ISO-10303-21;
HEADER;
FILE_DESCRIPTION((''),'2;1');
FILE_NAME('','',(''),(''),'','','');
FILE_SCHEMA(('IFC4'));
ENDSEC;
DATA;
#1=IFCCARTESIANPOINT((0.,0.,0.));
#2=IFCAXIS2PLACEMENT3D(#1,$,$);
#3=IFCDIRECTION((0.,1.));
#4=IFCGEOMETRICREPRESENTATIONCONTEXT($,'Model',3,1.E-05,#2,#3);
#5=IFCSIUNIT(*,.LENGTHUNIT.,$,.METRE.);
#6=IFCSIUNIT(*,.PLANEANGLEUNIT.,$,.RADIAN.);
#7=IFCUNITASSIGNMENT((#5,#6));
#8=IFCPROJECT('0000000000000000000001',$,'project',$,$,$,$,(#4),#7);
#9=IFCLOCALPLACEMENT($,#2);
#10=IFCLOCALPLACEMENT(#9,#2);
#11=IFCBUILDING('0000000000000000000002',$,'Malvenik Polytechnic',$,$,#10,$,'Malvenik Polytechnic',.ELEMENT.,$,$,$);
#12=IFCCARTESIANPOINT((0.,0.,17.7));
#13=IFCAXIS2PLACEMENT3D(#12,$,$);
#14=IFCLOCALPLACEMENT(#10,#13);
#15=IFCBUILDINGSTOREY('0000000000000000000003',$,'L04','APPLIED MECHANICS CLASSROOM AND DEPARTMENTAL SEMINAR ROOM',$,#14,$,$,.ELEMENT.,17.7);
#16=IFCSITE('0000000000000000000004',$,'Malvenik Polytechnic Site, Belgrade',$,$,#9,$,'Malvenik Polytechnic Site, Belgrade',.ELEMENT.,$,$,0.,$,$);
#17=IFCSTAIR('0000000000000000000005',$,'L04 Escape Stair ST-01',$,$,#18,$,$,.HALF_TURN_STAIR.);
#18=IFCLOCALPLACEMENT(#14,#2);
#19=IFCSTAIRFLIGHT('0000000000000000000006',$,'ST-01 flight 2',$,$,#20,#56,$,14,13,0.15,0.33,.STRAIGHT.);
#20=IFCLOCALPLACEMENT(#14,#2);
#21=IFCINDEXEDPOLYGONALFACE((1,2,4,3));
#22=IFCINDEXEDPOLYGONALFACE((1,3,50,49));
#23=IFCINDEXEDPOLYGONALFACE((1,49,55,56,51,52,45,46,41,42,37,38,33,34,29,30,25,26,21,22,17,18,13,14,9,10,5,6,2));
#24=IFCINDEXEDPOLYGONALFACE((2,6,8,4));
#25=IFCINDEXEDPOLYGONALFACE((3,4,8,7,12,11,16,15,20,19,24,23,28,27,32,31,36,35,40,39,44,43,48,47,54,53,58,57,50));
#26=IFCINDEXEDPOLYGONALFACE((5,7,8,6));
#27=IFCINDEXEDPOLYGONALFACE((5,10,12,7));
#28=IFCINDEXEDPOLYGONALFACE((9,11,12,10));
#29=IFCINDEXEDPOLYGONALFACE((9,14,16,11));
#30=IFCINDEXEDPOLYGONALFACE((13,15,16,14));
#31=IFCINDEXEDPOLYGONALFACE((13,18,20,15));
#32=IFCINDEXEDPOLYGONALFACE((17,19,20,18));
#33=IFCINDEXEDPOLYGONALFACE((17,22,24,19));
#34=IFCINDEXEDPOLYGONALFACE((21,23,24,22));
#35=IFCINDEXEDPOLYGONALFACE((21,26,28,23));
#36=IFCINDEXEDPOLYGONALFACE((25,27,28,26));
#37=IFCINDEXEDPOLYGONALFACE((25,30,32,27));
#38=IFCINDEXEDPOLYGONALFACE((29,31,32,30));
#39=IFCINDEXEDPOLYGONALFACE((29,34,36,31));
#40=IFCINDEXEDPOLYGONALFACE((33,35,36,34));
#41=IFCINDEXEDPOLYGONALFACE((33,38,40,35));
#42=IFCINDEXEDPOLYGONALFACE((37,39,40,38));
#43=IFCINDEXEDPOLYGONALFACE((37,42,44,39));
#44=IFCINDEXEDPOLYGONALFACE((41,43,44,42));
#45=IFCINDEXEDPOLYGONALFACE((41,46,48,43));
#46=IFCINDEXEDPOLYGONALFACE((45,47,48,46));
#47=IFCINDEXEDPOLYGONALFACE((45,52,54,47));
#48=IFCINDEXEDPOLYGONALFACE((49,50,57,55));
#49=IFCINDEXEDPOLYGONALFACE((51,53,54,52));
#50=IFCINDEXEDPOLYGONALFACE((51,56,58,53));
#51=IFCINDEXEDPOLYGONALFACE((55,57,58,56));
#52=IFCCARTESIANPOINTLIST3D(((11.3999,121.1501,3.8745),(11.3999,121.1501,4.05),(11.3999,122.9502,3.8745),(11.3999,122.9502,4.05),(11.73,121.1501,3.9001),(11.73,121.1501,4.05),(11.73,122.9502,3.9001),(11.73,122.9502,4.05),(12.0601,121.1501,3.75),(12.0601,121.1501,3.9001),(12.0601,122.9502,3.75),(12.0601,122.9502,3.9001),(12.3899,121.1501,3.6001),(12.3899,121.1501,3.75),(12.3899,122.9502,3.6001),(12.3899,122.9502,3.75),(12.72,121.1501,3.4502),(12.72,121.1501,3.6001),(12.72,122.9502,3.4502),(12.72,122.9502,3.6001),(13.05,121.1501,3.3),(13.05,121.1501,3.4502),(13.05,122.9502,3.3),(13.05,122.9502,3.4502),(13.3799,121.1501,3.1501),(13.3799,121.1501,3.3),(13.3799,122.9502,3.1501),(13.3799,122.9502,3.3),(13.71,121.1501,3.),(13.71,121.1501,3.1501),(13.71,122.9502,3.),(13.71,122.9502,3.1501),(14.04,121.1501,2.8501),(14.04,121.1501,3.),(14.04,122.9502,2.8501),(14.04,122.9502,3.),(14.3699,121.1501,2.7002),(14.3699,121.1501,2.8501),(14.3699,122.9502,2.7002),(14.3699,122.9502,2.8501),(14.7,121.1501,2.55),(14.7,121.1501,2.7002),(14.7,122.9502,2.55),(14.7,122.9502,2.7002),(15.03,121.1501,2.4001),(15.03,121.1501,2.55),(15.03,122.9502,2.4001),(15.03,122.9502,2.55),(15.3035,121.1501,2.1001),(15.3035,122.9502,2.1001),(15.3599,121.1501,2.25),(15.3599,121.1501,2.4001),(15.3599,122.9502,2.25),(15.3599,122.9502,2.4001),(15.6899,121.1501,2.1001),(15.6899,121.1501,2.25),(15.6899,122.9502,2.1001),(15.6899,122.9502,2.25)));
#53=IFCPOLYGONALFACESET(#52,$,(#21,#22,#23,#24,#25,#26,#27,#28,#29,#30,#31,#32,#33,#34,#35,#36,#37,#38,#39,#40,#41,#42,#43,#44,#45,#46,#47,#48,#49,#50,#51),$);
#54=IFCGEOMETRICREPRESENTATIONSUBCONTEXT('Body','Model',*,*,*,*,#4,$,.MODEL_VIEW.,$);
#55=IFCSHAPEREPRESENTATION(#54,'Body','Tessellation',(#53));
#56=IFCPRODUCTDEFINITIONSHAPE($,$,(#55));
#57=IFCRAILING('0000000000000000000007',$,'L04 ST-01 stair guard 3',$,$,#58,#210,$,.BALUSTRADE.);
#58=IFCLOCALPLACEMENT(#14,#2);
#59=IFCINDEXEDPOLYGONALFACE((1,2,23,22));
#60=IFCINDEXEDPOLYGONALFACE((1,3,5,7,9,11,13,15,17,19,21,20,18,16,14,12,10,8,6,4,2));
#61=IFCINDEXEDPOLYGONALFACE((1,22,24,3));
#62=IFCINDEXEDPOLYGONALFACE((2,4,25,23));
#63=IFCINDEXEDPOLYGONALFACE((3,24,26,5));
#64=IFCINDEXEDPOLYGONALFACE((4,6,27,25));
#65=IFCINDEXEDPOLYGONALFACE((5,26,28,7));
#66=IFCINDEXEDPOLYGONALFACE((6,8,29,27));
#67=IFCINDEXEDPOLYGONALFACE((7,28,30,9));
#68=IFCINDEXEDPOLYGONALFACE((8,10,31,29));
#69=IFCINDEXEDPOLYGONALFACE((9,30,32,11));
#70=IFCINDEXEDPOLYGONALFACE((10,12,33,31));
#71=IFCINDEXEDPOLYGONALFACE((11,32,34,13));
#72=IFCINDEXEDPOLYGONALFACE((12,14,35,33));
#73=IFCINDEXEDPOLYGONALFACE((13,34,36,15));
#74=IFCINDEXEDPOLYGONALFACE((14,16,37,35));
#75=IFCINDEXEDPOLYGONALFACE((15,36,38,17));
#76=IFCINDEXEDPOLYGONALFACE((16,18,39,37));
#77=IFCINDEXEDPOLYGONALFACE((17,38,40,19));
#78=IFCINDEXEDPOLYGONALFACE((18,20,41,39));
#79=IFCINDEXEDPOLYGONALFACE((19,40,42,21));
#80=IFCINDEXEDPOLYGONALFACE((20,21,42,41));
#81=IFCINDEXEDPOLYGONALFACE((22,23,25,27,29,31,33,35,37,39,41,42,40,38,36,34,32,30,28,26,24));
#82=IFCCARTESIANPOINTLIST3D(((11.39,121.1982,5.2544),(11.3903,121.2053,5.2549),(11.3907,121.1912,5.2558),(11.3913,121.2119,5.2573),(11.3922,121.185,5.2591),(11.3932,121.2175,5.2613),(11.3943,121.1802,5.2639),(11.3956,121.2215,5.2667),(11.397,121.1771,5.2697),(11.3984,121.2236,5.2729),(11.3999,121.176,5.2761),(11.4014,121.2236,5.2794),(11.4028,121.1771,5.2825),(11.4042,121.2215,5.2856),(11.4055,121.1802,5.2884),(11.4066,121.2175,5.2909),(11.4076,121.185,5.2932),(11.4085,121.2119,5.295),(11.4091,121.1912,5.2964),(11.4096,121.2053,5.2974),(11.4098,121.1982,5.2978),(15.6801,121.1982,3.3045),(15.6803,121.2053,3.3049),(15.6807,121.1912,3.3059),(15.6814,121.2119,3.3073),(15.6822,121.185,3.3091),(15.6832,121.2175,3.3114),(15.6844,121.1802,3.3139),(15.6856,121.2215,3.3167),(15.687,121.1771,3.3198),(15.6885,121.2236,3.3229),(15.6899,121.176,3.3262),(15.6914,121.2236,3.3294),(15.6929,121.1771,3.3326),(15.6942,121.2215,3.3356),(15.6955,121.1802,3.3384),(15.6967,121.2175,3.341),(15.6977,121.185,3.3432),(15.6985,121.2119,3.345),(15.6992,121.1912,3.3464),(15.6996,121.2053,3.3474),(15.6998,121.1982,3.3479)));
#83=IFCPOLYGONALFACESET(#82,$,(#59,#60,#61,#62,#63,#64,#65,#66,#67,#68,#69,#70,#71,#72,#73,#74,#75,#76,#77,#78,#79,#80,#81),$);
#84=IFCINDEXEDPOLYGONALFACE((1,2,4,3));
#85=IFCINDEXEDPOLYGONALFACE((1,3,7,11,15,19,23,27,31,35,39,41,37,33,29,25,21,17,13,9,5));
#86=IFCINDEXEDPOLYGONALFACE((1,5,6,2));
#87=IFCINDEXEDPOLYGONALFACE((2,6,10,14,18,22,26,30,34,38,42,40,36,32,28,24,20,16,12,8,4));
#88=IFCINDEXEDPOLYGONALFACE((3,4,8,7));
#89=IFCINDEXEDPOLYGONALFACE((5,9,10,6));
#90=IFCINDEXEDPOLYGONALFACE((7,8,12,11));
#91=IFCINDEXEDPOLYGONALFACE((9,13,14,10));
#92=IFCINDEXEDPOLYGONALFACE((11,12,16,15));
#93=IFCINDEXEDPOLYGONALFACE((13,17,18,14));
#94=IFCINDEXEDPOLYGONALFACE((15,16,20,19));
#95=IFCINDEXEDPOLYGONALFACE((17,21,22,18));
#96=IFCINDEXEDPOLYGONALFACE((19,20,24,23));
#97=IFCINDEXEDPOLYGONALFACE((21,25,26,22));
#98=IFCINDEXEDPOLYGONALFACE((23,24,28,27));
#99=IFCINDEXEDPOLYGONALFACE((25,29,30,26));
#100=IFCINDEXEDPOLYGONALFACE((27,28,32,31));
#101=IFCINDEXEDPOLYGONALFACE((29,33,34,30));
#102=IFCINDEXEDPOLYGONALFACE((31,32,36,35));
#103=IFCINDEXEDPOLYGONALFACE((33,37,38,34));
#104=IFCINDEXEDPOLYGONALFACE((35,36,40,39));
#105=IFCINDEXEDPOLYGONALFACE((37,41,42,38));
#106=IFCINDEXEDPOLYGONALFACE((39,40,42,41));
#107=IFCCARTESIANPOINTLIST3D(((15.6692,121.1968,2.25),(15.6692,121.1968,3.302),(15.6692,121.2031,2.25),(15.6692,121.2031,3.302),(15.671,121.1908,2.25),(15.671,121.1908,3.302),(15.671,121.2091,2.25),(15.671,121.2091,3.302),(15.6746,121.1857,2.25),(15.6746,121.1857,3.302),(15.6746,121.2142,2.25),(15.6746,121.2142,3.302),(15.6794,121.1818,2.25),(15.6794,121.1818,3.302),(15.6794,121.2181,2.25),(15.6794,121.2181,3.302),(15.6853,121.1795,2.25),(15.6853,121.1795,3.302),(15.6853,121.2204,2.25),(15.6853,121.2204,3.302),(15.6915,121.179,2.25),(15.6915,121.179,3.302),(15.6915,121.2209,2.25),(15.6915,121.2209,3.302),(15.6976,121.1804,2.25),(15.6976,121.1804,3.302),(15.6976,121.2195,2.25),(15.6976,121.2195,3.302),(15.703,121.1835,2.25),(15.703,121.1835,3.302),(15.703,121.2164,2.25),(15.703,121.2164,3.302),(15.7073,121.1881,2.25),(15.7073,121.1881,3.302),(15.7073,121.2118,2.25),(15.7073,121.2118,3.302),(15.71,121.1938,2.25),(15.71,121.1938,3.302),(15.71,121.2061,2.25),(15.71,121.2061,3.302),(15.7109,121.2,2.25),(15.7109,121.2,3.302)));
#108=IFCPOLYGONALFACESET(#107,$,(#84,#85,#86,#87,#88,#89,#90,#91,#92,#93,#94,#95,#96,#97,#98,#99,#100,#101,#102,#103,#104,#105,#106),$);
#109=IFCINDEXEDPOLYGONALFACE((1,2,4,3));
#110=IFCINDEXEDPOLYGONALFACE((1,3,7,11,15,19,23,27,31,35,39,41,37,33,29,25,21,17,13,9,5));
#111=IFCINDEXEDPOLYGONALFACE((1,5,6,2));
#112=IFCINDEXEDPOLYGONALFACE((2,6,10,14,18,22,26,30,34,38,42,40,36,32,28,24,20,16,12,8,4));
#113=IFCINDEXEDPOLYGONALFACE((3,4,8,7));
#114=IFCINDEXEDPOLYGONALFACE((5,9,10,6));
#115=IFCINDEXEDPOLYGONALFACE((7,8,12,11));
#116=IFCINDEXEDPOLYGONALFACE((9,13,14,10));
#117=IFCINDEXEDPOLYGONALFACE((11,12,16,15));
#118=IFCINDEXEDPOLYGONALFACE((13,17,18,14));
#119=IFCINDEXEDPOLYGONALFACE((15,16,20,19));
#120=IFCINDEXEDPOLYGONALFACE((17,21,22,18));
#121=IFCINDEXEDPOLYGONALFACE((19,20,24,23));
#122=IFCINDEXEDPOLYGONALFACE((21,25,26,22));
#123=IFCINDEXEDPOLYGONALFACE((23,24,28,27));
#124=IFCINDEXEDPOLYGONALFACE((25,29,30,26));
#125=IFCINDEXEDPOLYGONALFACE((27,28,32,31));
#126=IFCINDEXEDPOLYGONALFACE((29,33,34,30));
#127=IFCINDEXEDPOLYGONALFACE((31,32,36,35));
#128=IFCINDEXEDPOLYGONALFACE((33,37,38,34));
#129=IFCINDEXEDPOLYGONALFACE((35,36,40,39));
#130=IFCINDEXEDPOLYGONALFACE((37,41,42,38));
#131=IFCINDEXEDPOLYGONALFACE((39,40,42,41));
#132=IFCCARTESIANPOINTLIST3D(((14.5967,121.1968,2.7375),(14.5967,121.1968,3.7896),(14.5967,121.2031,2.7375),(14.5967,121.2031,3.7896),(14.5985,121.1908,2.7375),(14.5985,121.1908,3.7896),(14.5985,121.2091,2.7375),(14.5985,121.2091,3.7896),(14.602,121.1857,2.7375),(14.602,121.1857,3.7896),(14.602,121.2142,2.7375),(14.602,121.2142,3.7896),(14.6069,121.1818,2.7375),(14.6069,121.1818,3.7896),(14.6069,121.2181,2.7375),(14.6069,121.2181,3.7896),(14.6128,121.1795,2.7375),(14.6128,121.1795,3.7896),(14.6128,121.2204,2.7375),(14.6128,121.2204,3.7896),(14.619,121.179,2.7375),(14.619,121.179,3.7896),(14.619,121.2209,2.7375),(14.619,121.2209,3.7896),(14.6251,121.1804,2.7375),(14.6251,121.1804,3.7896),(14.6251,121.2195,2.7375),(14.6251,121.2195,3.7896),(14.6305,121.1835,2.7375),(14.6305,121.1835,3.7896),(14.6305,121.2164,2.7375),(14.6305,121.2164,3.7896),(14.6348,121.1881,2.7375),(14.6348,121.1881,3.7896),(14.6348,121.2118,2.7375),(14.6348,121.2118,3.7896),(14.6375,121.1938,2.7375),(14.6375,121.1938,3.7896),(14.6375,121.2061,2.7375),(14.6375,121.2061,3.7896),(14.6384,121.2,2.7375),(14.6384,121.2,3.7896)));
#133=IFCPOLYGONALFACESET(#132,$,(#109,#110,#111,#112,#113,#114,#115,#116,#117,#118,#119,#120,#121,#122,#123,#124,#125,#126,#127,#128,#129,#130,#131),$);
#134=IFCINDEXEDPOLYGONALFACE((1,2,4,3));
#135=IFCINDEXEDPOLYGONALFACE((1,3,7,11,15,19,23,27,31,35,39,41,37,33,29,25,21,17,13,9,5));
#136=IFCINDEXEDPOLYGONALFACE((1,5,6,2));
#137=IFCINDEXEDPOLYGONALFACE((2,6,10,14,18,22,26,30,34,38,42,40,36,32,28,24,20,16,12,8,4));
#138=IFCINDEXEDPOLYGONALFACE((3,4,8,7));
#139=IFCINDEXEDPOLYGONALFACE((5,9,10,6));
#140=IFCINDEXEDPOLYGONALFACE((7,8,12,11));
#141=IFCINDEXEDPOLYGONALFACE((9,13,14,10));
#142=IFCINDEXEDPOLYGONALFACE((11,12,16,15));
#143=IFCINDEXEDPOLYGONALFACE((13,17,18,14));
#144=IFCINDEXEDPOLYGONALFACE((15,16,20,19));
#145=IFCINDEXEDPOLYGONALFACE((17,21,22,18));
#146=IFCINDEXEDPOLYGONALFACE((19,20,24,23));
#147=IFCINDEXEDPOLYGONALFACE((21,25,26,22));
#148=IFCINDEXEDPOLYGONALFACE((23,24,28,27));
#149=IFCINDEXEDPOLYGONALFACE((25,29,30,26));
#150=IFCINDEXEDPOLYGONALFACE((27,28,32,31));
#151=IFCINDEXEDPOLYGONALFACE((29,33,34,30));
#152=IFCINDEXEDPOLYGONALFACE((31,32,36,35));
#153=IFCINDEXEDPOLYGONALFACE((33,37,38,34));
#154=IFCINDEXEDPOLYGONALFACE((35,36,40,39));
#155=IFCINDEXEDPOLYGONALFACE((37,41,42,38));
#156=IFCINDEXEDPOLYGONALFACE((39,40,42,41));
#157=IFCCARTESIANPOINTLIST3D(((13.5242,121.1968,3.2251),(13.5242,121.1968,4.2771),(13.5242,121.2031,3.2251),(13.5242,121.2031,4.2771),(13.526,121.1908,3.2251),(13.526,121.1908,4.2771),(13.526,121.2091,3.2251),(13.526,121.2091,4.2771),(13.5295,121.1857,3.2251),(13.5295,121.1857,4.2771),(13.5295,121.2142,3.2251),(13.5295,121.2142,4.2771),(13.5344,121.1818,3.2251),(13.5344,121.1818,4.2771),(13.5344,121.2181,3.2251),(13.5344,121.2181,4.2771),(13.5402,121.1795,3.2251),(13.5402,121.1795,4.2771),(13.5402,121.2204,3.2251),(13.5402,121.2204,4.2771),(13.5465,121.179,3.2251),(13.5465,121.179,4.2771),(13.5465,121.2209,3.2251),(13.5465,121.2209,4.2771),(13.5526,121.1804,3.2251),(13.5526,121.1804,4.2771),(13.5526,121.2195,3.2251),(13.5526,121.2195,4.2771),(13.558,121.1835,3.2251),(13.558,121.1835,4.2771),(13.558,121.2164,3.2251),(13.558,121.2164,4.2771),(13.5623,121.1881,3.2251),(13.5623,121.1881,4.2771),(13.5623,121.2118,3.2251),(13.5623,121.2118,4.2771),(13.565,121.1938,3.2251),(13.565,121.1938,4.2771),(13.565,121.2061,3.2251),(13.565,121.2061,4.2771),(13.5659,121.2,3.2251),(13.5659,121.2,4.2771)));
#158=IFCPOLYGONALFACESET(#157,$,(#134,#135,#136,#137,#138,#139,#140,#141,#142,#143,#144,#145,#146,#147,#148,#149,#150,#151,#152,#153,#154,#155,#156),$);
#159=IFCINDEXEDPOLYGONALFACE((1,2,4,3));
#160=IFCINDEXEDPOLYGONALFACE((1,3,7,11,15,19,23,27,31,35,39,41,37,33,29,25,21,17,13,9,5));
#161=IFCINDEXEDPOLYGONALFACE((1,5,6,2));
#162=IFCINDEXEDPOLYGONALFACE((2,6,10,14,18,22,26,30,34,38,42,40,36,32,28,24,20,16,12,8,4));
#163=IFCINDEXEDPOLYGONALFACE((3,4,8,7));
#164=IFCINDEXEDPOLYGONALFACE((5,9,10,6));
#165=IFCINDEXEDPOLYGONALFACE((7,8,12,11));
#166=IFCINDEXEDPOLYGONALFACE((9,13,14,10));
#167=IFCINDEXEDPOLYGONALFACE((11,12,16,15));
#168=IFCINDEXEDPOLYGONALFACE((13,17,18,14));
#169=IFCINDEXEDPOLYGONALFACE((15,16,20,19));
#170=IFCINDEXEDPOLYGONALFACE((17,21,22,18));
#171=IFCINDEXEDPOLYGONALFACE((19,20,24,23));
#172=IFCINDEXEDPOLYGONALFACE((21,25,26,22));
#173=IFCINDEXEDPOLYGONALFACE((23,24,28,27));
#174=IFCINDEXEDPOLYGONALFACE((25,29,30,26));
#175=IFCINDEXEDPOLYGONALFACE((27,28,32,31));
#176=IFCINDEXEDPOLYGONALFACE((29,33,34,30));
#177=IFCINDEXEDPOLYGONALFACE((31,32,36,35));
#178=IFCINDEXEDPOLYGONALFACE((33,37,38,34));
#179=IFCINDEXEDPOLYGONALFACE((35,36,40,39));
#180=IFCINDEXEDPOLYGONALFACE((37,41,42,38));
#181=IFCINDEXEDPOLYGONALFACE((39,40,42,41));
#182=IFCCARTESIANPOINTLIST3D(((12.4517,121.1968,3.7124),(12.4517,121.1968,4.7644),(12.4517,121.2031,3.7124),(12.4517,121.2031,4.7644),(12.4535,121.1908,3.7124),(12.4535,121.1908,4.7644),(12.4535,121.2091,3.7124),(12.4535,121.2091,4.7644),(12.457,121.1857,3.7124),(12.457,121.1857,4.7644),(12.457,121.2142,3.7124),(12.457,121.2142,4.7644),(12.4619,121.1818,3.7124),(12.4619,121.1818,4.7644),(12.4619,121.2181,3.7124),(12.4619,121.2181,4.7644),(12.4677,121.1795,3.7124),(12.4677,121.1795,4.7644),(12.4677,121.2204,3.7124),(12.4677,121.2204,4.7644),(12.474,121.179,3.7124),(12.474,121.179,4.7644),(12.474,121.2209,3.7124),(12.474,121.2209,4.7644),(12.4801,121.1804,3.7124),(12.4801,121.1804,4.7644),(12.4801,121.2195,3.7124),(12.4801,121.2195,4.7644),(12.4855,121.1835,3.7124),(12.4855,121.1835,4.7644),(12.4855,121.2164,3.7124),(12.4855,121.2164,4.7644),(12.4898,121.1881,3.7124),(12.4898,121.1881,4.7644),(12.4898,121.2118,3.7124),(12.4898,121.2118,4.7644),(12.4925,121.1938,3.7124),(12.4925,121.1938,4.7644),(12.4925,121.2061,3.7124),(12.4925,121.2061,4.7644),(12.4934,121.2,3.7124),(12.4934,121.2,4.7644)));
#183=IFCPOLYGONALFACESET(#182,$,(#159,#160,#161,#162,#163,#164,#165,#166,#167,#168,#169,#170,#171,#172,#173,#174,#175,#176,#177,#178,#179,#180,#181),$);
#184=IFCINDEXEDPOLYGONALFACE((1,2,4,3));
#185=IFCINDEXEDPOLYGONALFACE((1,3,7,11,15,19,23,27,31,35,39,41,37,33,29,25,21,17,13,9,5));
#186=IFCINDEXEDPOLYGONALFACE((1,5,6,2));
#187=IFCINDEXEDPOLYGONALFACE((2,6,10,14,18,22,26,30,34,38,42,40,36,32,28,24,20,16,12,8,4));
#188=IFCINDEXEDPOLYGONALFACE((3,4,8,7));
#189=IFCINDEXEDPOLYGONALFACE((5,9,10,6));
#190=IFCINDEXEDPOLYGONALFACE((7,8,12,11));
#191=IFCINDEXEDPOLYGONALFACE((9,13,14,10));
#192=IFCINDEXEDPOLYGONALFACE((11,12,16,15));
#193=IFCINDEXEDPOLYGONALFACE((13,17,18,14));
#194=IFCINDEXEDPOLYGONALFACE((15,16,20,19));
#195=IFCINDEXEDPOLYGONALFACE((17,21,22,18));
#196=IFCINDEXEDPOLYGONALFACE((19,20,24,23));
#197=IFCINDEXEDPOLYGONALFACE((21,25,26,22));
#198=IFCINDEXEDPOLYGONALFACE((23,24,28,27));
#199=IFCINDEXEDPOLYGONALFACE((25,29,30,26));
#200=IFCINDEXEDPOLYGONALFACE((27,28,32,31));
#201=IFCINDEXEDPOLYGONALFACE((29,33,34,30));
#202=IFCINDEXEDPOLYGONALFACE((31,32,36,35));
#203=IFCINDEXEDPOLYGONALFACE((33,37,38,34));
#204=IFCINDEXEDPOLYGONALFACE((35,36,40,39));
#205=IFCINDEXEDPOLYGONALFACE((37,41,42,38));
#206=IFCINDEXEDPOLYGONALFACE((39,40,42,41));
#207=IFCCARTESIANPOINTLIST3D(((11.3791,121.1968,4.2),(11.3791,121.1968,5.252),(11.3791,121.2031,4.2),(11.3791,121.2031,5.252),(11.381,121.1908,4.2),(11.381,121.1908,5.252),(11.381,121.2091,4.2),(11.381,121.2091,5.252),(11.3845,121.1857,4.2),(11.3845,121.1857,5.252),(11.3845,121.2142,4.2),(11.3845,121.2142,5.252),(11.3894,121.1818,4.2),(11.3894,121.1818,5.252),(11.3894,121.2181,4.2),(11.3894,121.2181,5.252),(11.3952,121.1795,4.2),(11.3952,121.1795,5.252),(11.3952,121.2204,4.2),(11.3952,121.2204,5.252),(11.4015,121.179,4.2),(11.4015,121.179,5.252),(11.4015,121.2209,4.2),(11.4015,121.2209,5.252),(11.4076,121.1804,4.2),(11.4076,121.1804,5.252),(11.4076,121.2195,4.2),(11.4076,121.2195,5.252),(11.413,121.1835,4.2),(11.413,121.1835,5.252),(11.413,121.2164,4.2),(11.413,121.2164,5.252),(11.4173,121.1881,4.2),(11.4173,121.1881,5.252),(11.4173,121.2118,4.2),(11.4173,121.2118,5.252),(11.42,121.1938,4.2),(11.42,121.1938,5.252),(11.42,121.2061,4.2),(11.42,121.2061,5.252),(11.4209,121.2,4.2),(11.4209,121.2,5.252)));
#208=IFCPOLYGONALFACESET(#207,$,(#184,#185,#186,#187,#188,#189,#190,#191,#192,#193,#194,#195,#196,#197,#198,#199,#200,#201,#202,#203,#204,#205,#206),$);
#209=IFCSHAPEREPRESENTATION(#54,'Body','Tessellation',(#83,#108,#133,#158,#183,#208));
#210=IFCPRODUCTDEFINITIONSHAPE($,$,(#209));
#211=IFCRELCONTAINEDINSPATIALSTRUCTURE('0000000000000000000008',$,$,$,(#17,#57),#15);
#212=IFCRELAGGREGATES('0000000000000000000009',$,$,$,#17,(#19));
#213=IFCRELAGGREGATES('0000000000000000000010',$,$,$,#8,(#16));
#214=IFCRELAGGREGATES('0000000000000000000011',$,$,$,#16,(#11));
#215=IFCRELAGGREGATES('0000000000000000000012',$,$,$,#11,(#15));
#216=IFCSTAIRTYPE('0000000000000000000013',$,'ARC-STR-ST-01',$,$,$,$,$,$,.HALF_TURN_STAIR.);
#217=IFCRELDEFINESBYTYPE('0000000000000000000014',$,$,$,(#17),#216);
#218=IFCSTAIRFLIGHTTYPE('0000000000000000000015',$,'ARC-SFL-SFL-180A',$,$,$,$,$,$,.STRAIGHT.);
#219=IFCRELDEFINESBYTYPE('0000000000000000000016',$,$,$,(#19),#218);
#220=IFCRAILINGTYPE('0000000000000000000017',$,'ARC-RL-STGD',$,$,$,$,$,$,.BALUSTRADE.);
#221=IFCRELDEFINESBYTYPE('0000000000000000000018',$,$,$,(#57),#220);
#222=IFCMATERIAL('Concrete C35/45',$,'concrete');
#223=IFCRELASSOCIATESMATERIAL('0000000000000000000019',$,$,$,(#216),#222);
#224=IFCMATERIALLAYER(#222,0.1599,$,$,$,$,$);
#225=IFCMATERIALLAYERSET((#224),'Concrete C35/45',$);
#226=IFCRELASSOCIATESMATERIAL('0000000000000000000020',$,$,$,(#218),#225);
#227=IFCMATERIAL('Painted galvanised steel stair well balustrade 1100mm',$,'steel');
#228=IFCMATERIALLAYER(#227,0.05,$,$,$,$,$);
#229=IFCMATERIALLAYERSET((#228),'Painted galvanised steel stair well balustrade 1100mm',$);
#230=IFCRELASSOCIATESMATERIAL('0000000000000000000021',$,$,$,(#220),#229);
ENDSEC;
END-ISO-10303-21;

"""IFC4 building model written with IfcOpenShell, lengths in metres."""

from ifc_helpers import new_model, si_unit, direction, frame, origin, origin_2d, place, context, subcontext, project, spatial, polyline, circle, outline, extrude, material, layer, layer_set, type_object, element, aggregate, save


model = new_model("IFC4")

# Units and contexts
model_context = context("Model", 3, precision=1e-05, world=origin(), true_north=direction((0.0, 1.0)))
body_context = subcontext(model_context, "Body", "Model", "MODEL_VIEW")
ifc_project = project(units=[si_unit("LENGTHUNIT", "METRE"), si_unit("PLANEANGLEUNIT", "RADIAN")], contexts=[model_context])

# Site, building, storey
site_placement = place(None, origin())
site = spatial("IfcSite", under=ifc_project, at=site_placement, Name="Malvenik Polytechnic Site, Belgrade", LongName="Malvenik Polytechnic Site, Belgrade", CompositionType="ELEMENT", RefElevation=0.0)
building_placement = place(site_placement, origin())
building = spatial("IfcBuilding", under=site, at=building_placement, Name="Malvenik Polytechnic", LongName="Malvenik Polytechnic", CompositionType="ELEMENT")
storey_placement = place(building_placement, frame((0.0, 0.0, 17.7)))
storey = spatial("IfcBuildingStorey", under=building, at=storey_placement, Name="L04", Description="APPLIED MECHANICS CLASSROOM AND DEPARTMENTAL SEMINAR ROOM", CompositionType="ELEMENT", Elevation=17.7)

# Shared definitions
ifc_material_1 = material(Name="Concrete C35/45", Category="concrete")

# Stair, stair flight
stair_type = type_object("IfcStairType", Name="ARC-STR-ST-01", PredefinedType="HALF_TURN_STAIR", material=ifc_material_1)
stair_placement = place(storey_placement, origin())
stair = element("IfcStair", 1, at=stair_placement, inside=storey, type_object=stair_type, Name="L04 Escape Stair ST-01", PredefinedType="HALF_TURN_STAIR")
ifc_layer_1 = layer(ifc_material_1, 0.1599)
ifc_layer_set_1 = layer_set([ifc_layer_1], Name="Concrete C35/45")
stair_flight_type = type_object("IfcStairFlightType", Name="ARC-SFL-SFL-180A", PredefinedType="STRAIGHT", material=ifc_layer_set_1)
stair_flight_placement = place(storey_placement, frame((15.6899, 122.05, 2.1001), z_axis=(0.0, 0.0, 1.0), x_axis=(-1.0, 0.0, 0.0)))
stair_flight = element("IfcStairFlight", 2, at=stair_flight_placement, type_object=stair_flight_type, Name="ST-01 flight 2", NumberOfRisers=14, NumberOfTreads=13, PredefinedType="STRAIGHT", RiserHeight=0.15, TreadLength=0.33, context=body_context, shape_type="SweptSolid", body=[
    extrude(outline(polyline([(0.0, 0.0), (0.0, 0.1499), (0.3301, 0.1499), (0.3301, 0.3), (0.6599, 0.3), (0.6599, 0.45), (0.99, 0.45), (0.99, 0.6001), (1.3201, 0.6001), (1.3201, 0.75), (1.6499, 0.75), (1.6499, 0.8999), (1.98, 0.8999), (1.98, 1.05), (2.3101, 1.05), (2.3101, 1.2), (2.6399, 1.2), (2.6399, 1.3501), (2.97, 1.3501), (2.97, 1.5), (3.3, 1.5), (3.3, 1.6499), (3.6299, 1.6499), (3.6299, 1.8), (3.96, 1.8), (3.96, 1.95), (4.29, 1.95), (4.29, 2.1001), (4.29, 1.7744), (0.3865, 0.0), (0.0, 0.0)])), frame((0.0, 0.8999, 0.0), z_axis=(0.0, -1.0, 0.0), x_axis=(1.0, 0.0, 0.0)), (0.0, 0.0, 1.0), 1.8),
])
aggregate(stair, [stair_flight])

# Railing
ifc_material_2 = material(Name="Painted galvanised steel stair well balustrade 1100mm", Category="steel")
ifc_layer_2 = layer(ifc_material_2, 0.05)
ifc_layer_set_2 = layer_set([ifc_layer_2], Name="Painted galvanised steel stair well balustrade 1100mm")
railing_type_1 = type_object("IfcRailingType", Name="ARC-RL-STGD", PredefinedType="BALUSTRADE", material=ifc_layer_set_2)
railing_1_placement = place(storey_placement, frame((15.6899, 121.2, 2.25)))
element("IfcRailing", 3, at=railing_1_placement, inside=storey, type_object=railing_type_1, Name="L04 ST-01 stair guard 3", PredefinedType="BALUSTRADE", context=body_context, shape_type="SweptSolid", body=[
    extrude(circle(Radius=0.0239, at=origin_2d()), frame((0.0, 0.0, 1.0762), z_axis=(-0.910372, 0.0, 0.413791), x_axis=(0.0, -1.0, 0.0)), (0.0, 0.0, 1.0), 4.7124),
    extrude(circle(Radius=0.021, at=origin_2d()), origin(), (0.0, 0.0, 1.0), 1.052),
    extrude(circle(Radius=0.021, at=origin_2d()), frame((-1.0725, 0.0, 0.4875)), (0.0, 0.0, 1.0), 1.052),
    extrude(circle(Radius=0.021, at=origin_2d()), frame((-2.145, 0.0, 0.9751)), (0.0, 0.0, 1.0), 1.052),
    extrude(circle(Radius=0.021, at=origin_2d()), frame((-3.2175, 0.0, 1.4624)), (0.0, 0.0, 1.0), 1.052),
    extrude(circle(Radius=0.021, at=origin_2d()), frame((-4.29, 0.0, 1.95)), (0.0, 0.0, 1.0), 1.052),
])

save(model, "model.ifc")
